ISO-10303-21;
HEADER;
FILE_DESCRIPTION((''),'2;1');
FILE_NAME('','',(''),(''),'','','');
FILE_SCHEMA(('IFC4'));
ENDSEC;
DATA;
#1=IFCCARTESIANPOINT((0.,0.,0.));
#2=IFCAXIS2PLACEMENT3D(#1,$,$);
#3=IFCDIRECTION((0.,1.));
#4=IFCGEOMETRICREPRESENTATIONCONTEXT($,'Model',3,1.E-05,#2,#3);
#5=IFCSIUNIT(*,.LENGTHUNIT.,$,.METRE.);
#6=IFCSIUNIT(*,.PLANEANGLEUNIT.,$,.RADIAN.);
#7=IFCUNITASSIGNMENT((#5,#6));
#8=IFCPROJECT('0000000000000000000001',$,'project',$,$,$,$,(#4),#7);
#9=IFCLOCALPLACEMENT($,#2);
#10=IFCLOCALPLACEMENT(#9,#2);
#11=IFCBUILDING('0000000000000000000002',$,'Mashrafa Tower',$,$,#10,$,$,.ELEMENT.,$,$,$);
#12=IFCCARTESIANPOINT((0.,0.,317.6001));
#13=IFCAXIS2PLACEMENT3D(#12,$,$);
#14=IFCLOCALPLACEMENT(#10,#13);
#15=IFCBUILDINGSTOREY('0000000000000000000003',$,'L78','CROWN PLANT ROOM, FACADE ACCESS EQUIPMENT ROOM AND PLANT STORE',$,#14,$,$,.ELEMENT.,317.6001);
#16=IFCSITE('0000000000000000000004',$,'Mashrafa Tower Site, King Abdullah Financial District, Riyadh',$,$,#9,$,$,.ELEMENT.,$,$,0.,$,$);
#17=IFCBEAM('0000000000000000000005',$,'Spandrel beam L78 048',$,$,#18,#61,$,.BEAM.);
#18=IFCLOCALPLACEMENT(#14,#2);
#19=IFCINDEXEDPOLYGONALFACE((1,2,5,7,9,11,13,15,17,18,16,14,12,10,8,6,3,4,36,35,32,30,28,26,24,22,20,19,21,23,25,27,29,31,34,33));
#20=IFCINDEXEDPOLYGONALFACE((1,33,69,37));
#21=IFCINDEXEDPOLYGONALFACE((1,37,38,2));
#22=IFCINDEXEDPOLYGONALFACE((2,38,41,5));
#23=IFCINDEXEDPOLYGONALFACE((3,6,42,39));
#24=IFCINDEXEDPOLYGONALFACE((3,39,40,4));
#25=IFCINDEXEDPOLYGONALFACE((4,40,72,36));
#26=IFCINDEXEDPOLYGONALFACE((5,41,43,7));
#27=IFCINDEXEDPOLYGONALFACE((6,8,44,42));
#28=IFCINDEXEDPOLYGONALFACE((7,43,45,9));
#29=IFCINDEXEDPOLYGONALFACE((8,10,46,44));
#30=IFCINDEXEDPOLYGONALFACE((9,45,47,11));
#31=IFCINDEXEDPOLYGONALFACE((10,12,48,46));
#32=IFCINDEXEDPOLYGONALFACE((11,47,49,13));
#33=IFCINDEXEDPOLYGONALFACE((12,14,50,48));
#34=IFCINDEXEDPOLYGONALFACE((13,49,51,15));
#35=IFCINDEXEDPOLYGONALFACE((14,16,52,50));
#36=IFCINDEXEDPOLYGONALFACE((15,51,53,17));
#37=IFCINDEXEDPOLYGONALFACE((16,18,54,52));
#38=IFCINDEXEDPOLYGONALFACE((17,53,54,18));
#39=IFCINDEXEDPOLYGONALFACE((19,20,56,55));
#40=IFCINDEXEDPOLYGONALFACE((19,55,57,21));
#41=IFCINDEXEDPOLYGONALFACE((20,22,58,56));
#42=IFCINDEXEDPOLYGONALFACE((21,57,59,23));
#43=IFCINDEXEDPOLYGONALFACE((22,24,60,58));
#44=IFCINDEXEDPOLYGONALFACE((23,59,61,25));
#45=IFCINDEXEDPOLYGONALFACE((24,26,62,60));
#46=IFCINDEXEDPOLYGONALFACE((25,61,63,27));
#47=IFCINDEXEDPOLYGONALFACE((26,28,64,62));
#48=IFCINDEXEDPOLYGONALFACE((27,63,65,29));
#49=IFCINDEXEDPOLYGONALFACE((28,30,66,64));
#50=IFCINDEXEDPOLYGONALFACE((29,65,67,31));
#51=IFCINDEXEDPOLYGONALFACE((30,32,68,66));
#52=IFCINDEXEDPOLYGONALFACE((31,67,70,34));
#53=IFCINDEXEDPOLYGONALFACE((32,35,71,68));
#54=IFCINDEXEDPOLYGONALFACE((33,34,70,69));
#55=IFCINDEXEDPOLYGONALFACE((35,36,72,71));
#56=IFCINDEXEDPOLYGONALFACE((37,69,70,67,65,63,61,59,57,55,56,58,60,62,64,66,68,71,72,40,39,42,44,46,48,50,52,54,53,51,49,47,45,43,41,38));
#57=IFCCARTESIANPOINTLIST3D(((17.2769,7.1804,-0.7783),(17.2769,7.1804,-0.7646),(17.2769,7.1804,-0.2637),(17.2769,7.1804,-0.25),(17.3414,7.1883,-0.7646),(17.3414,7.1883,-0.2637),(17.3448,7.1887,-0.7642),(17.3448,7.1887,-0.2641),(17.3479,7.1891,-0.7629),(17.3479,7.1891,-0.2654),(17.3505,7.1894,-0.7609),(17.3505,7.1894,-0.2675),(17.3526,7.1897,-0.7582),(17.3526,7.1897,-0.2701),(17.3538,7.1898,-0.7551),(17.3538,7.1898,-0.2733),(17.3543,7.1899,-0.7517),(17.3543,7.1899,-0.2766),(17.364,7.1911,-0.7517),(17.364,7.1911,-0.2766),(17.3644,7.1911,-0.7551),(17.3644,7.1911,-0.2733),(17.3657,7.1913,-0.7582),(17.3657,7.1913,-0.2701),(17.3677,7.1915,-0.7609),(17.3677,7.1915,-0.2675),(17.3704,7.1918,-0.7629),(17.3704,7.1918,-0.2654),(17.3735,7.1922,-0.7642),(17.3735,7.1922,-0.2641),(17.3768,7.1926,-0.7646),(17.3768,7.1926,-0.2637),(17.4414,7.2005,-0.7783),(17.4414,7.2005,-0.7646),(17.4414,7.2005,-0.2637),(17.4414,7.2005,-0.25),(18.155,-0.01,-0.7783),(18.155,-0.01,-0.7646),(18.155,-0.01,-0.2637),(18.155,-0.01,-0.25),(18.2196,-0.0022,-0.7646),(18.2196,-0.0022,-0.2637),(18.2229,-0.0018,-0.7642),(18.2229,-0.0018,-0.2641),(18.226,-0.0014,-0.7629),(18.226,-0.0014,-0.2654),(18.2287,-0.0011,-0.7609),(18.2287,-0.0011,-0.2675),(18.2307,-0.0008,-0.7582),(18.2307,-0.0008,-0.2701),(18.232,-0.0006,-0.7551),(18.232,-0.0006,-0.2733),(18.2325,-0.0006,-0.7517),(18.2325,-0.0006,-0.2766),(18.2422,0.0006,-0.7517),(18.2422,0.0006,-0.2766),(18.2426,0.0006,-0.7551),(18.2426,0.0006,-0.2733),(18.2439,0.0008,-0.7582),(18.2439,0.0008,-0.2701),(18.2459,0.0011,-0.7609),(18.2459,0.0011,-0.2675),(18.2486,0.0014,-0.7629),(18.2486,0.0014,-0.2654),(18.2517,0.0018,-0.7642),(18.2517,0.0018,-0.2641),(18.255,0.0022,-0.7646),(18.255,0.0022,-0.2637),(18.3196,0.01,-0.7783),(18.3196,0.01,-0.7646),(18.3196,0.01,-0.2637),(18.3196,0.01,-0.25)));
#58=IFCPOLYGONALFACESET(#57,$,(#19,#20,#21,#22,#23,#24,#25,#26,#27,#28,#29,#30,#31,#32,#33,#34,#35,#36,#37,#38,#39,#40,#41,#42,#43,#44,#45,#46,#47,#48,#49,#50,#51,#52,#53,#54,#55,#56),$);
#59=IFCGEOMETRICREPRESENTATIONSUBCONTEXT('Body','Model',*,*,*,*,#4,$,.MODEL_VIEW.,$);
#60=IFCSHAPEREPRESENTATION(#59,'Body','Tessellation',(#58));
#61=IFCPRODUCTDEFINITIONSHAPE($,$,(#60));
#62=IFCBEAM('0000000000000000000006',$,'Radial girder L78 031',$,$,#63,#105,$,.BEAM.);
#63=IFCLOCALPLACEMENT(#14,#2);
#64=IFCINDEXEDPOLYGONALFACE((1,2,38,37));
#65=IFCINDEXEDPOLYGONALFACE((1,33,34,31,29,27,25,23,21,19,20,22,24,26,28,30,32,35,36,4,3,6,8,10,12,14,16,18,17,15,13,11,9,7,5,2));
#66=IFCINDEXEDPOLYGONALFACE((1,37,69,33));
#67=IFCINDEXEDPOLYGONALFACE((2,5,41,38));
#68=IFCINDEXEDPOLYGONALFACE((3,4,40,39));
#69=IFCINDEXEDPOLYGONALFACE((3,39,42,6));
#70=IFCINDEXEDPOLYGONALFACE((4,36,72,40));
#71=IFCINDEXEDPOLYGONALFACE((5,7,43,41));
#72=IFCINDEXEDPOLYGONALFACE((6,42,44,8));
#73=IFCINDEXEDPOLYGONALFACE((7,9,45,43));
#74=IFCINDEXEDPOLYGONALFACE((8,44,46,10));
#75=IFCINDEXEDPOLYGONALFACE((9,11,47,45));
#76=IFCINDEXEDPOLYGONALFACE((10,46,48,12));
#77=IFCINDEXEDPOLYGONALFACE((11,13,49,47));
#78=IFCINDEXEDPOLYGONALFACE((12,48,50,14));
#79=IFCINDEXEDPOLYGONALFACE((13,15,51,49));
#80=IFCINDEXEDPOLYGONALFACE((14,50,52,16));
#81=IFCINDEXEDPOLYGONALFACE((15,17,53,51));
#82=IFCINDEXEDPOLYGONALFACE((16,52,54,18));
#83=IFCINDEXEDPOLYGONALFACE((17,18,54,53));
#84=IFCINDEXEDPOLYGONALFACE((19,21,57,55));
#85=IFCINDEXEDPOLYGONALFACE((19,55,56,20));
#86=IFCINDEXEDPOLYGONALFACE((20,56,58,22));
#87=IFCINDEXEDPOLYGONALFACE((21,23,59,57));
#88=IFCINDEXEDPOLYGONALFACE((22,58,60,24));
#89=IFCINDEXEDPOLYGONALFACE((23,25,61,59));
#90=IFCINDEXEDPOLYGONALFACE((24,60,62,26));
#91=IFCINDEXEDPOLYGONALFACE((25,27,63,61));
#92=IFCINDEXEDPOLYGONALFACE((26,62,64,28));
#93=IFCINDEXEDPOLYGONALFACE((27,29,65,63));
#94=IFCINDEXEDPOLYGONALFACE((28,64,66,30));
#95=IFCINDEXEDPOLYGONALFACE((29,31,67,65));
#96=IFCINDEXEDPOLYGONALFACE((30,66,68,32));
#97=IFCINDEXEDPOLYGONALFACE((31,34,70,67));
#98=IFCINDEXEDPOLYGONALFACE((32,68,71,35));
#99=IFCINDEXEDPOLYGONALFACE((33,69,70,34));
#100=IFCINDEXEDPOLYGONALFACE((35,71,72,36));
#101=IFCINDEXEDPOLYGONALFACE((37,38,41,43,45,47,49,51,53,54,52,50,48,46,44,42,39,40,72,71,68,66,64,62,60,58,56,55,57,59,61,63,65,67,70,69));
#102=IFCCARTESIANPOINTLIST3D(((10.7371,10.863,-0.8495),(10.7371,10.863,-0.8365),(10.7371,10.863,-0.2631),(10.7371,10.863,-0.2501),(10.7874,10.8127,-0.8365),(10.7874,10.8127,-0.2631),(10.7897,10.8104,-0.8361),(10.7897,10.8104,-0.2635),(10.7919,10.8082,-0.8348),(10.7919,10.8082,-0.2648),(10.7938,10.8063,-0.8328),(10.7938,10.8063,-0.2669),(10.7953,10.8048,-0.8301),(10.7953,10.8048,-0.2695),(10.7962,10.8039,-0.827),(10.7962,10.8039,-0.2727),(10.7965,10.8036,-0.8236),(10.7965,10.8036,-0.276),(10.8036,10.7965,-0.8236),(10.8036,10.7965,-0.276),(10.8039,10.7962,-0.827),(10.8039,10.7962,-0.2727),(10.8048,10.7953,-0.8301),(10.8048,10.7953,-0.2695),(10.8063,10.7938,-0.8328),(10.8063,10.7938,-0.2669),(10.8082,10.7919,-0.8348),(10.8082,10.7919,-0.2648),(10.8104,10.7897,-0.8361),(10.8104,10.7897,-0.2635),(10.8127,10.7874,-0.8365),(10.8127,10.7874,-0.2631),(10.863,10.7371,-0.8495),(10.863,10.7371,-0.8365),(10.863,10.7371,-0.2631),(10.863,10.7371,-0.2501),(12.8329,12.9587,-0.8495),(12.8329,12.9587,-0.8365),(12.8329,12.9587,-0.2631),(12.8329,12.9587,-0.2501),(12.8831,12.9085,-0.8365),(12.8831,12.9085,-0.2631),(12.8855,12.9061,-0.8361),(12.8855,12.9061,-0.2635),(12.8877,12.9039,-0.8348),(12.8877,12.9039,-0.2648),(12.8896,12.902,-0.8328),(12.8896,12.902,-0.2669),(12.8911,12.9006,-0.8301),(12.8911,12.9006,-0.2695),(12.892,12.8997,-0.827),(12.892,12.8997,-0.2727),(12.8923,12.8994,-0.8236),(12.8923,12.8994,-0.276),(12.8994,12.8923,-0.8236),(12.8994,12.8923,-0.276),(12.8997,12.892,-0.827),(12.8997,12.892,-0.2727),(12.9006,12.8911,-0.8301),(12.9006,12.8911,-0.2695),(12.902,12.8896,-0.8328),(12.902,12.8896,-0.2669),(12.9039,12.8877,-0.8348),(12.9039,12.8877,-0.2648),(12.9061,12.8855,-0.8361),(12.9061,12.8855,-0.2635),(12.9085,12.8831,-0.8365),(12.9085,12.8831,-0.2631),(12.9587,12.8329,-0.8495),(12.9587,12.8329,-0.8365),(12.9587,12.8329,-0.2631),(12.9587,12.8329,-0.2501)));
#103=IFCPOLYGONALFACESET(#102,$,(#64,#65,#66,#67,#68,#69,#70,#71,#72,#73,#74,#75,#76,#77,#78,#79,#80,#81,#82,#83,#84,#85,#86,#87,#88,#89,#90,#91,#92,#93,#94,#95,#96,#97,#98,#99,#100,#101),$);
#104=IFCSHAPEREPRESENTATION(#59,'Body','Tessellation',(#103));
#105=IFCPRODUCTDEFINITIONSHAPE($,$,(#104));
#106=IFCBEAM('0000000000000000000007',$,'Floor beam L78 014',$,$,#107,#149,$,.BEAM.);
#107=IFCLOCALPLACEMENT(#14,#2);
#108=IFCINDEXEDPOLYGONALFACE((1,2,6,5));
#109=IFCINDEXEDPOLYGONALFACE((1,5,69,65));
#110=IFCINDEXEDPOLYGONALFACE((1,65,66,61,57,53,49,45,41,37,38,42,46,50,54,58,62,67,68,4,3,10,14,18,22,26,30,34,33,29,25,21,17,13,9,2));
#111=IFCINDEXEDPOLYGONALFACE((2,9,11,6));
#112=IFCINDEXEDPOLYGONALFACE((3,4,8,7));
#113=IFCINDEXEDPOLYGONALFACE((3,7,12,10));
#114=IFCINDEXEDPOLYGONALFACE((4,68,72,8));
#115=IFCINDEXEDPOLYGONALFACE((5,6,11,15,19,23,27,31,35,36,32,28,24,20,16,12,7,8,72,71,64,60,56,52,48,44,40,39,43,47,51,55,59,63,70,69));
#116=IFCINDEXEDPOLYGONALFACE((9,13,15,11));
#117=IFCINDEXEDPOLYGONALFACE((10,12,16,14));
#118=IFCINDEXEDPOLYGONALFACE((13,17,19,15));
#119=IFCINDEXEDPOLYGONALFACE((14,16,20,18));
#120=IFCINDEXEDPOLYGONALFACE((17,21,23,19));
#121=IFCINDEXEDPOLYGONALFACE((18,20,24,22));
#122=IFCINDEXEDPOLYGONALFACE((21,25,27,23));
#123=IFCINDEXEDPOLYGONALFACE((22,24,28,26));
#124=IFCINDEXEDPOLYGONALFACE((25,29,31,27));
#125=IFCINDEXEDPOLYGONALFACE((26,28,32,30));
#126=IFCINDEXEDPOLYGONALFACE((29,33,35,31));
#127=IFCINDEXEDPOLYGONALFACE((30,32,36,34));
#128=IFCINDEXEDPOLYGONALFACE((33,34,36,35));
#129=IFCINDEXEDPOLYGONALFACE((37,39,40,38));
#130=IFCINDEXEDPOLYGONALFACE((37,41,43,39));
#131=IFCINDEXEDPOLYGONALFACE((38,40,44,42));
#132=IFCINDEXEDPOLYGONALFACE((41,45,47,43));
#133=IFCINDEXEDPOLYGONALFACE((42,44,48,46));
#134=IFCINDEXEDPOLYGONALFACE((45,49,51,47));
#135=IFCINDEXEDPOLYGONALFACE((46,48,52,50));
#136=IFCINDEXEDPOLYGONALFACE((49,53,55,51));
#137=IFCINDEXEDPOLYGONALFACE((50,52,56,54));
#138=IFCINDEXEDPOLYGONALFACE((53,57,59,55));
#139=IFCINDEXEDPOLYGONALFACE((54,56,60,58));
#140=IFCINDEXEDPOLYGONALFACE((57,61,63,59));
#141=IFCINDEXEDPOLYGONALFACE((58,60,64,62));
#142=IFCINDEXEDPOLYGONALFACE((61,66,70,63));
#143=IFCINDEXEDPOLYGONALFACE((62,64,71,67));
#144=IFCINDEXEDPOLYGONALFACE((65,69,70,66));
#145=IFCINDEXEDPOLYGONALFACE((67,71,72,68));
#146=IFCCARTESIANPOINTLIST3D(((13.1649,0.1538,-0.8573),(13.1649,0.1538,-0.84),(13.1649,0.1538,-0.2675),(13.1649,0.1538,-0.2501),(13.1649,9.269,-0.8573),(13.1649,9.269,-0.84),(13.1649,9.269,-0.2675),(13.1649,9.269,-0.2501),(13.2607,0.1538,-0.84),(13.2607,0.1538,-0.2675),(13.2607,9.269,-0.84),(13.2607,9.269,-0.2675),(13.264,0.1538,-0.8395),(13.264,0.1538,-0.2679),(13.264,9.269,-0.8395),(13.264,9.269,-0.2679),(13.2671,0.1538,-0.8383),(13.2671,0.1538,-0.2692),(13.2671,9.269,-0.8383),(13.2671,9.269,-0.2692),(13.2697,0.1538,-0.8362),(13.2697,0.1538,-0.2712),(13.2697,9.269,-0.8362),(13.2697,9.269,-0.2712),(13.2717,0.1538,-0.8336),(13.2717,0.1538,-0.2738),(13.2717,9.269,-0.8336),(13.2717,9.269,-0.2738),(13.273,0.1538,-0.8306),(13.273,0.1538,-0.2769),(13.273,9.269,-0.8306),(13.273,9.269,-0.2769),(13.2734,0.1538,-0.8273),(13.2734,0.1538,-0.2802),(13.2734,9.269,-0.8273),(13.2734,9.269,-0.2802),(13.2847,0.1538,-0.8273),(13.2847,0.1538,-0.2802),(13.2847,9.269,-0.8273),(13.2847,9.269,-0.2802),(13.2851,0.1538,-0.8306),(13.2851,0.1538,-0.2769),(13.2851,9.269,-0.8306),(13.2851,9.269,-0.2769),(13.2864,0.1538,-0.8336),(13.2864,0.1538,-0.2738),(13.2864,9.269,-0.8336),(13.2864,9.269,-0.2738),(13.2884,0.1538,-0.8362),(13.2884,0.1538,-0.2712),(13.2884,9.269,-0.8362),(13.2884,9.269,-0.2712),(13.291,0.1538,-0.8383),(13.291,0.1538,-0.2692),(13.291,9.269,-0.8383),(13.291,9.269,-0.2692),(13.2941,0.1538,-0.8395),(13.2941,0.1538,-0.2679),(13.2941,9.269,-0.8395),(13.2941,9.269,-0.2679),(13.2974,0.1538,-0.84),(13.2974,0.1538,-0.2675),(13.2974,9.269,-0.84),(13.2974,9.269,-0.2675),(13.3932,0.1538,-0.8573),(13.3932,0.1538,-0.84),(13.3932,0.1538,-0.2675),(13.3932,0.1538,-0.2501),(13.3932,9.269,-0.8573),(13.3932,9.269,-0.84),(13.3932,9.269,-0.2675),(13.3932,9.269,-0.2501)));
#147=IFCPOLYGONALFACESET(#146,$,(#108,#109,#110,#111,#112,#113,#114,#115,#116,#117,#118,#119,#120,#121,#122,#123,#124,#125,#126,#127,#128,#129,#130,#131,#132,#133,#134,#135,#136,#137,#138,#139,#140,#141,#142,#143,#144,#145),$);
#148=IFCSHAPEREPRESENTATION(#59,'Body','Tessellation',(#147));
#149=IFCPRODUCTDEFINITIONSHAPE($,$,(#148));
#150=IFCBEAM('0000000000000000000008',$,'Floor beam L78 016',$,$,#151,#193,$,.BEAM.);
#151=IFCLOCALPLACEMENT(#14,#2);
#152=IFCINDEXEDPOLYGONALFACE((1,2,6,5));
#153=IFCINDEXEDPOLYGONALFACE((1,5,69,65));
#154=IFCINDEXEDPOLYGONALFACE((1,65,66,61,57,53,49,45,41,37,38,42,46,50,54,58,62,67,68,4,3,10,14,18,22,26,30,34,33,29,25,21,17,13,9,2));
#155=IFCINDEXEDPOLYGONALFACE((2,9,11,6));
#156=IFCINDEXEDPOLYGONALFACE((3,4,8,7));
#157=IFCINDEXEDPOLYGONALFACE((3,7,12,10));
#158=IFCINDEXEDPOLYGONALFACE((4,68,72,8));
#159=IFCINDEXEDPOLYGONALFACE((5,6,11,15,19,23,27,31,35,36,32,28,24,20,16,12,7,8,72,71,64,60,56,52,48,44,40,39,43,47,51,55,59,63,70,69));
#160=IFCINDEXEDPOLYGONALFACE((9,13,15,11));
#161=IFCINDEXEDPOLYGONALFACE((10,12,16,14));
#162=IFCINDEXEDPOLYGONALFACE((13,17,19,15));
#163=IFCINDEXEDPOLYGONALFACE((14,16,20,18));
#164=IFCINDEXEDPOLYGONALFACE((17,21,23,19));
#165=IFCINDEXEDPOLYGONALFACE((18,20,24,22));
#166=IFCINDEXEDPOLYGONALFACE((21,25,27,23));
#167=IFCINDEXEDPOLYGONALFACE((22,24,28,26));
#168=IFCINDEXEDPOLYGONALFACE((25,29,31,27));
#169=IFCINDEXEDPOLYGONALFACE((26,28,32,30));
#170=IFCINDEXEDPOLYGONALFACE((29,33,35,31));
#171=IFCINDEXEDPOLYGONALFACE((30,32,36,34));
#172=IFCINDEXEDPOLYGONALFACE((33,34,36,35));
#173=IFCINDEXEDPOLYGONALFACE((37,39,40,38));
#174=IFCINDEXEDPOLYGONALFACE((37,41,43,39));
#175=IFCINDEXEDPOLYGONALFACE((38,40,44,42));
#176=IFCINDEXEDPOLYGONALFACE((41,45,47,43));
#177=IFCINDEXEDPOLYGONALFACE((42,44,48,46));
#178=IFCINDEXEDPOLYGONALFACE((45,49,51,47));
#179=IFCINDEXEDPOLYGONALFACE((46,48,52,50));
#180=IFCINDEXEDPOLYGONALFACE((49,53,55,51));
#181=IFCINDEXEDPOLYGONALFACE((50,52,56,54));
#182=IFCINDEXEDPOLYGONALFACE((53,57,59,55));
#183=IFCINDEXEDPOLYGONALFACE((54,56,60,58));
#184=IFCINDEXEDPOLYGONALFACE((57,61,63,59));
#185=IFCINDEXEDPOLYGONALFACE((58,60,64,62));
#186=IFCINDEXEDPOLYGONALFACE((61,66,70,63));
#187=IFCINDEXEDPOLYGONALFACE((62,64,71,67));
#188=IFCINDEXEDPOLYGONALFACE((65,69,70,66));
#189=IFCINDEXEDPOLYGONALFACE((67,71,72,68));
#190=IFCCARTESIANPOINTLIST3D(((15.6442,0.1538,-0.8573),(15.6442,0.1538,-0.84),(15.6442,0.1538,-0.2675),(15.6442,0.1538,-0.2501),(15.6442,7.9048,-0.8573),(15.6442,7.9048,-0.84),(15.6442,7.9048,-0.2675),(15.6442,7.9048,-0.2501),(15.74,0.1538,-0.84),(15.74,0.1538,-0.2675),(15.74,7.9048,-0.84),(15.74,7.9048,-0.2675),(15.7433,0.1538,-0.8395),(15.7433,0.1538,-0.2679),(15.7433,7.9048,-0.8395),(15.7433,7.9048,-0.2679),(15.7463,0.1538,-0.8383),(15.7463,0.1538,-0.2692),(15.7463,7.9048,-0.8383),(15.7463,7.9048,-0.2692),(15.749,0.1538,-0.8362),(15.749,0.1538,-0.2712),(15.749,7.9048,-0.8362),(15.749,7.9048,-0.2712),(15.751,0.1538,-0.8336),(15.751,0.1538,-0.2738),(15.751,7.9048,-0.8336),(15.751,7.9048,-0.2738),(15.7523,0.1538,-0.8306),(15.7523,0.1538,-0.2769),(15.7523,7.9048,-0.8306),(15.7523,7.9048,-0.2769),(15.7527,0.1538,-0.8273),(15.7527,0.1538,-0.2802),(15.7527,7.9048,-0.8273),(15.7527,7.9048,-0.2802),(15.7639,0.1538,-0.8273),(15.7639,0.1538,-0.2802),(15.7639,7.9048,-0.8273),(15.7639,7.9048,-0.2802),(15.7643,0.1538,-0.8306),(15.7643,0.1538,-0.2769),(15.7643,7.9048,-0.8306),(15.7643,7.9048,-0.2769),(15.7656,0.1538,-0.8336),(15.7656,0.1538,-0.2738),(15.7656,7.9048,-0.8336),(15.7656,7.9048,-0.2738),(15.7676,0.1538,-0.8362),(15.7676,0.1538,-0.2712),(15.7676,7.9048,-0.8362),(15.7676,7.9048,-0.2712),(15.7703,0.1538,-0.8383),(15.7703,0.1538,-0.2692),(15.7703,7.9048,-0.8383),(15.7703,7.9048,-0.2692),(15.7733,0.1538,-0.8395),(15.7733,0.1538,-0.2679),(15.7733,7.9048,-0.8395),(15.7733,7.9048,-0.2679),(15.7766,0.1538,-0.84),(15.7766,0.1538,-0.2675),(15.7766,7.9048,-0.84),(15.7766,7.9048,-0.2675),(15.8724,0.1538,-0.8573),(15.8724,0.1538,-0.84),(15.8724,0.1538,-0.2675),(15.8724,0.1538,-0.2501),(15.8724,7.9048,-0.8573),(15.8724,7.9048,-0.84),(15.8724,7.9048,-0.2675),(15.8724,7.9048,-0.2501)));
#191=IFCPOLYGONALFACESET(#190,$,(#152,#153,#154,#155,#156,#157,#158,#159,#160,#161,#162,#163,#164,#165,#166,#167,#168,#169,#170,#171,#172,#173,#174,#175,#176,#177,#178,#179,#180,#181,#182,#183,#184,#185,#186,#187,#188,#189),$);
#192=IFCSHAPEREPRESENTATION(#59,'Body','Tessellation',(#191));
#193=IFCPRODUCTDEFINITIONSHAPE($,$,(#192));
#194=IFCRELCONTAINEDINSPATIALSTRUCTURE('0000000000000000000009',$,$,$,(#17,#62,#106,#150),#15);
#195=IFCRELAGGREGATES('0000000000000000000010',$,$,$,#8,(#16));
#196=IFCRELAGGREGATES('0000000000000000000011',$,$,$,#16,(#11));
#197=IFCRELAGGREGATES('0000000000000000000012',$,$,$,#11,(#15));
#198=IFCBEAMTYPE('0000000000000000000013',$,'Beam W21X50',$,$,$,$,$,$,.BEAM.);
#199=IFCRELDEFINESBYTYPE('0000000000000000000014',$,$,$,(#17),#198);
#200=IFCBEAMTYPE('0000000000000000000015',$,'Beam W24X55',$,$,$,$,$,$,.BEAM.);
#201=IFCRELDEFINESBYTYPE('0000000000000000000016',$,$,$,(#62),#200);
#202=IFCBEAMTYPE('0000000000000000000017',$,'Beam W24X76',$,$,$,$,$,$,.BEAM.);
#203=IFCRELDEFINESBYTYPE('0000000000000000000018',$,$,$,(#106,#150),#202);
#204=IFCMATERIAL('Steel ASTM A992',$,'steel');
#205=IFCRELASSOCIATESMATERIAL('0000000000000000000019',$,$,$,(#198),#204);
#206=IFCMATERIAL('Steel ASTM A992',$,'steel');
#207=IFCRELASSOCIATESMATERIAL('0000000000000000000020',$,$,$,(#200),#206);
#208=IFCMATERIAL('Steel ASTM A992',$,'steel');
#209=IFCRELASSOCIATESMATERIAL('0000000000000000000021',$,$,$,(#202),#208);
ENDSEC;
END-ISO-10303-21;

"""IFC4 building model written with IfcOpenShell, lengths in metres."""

from ifc_helpers import new_model, si_unit, direction, frame, origin, origin_2d, place, context, subcontext, project, spatial, i_section, extrude, material, material_profile, profile_set, type_object, element, save


model = new_model("IFC4")

# Units and contexts
model_context = context("Model", 3, precision=1e-05, world=origin(), true_north=direction((0.0, 1.0)))
body_context = subcontext(model_context, "Body", "Model", "MODEL_VIEW")
ifc_project = project(units=[si_unit("LENGTHUNIT", "METRE"), si_unit("PLANEANGLEUNIT", "RADIAN")], contexts=[model_context])

# Site, building, storey
site_placement = place(None, origin())
site = spatial("IfcSite", under=ifc_project, at=site_placement, Name="Mashrafa Tower Site, King Abdullah Financial District, Riyadh", CompositionType="ELEMENT", RefElevation=0.0)
building_placement = place(site_placement, origin())
building = spatial("IfcBuilding", under=site, at=building_placement, Name="Mashrafa Tower", CompositionType="ELEMENT")
storey_placement = place(building_placement, frame((0.0, 0.0, 317.6001)))
storey = spatial("IfcBuildingStorey", under=building, at=storey_placement, Name="L78", Description="CROWN PLANT ROOM, FACADE ACCESS EQUIPMENT ROOM AND PLANT STORE", CompositionType="ELEMENT", Elevation=317.6001)

# Beams
ifc_material_1 = material(Name="Steel ASTM A992", Category="steel")
ifc_material_profile_1 = material_profile(ifc_material_1, i_section(OverallWidth=0.1658, OverallDepth=0.5283, WebThickness=0.0098, FlangeThickness=0.0137, FilletRadius=0.0129, at=origin_2d()), Name="W21X50")
ifc_profile_set_1 = profile_set([ifc_material_profile_1], Name="Steel ASTM A992")
beam_type_1 = type_object("IfcBeamType", Name="Beam W21X50", PredefinedType="BEAM", material=ifc_profile_set_1)
for number, where, z_axis, x_axis, name in (
    (1, (18.2373, 0.0, -0.5142), (-0.12123, 0.992624, 0.0), (-0.992624, -0.12123, 0.0), "Spandrel beam L78 048"),
):
    element("IfcBeam", number, at=place(storey_placement, frame(where, z_axis=z_axis, x_axis=x_axis)), inside=storey, type_object=beam_type_1, Name=name, PredefinedType="BEAM", context=body_context, shape_type="SweptSolid", body=[
        extrude(i_section(OverallWidth=0.1658, OverallDepth=0.5283, WebThickness=0.0098, FlangeThickness=0.0137, FilletRadius=0.0129, at=origin_2d()), origin(), (0.0, 0.0, 1.0), 7.2439),
    ])
ifc_material_2 = material(Name="Steel ASTM A992", Category="steel")
ifc_material_profile_2 = material_profile(ifc_material_2, i_section(OverallWidth=0.178, OverallDepth=0.5994, WebThickness=0.01, FlangeThickness=0.0129, FilletRadius=0.0129, at=origin_2d()), Name="W24X55")
ifc_profile_set_2 = profile_set([ifc_material_profile_2], Name="Steel ASTM A992")
beam_type_2 = type_object("IfcBeamType", Name="Beam W24X55", PredefinedType="BEAM", material=ifc_profile_set_2)
beam_1_placement = place(storey_placement, frame((10.8, 10.8, -0.5498), z_axis=(0.707107, 0.707107, 0.0), x_axis=(-0.707107, 0.707107, 0.0)))
element("IfcBeam", 2, at=beam_1_placement, inside=storey, type_object=beam_type_2, Name="Radial girder L78 031", PredefinedType="BEAM", context=body_context, shape_type="SweptSolid", body=[
    extrude(i_section(OverallWidth=0.178, OverallDepth=0.5994, WebThickness=0.01, FlangeThickness=0.0129, FilletRadius=0.0129, at=origin_2d()), origin(), (0.0, 0.0, 1.0), 2.9639),
])
ifc_material_3 = material(Name="Steel ASTM A992", Category="steel")
ifc_material_profile_3 = material_profile(ifc_material_3, i_section(OverallWidth=0.2283, OverallDepth=0.6072, WebThickness=0.0112, FlangeThickness=0.0173, FilletRadius=0.0127, at=origin_2d()), Name="W24X76")
ifc_profile_set_3 = profile_set([ifc_material_profile_3], Name="Steel ASTM A992")
beam_type_3 = type_object("IfcBeamType", Name="Beam W24X76", PredefinedType="BEAM", material=ifc_profile_set_3)
beam_2_placement = place(storey_placement, frame((13.2791, 9.269, -0.5537), z_axis=(0.0, -1.0, 0.0), x_axis=(1.0, 0.0, 0.0)))
element("IfcBeam", 3, at=beam_2_placement, inside=storey, type_object=beam_type_3, Name="Floor beam L78 014", PredefinedType="BEAM", context=body_context, shape_type="SweptSolid", body=[
    extrude(i_section(OverallWidth=0.2283, OverallDepth=0.6072, WebThickness=0.0112, FlangeThickness=0.0173, FilletRadius=0.0127, at=origin_2d()), origin(), (0.0, 0.0, 1.0), 9.1152),
])
beam_3_placement = place(storey_placement, frame((15.7583, 7.9048, -0.5537), z_axis=(0.0, -1.0, 0.0), x_axis=(1.0, 0.0, 0.0)))
element("IfcBeam", 4, at=beam_3_placement, inside=storey, type_object=beam_type_3, Name="Floor beam L78 016", PredefinedType="BEAM", context=body_context, shape_type="SweptSolid", body=[
    extrude(i_section(OverallWidth=0.2283, OverallDepth=0.6072, WebThickness=0.0112, FlangeThickness=0.0173, FilletRadius=0.0127, at=origin_2d()), origin(), (0.0, 0.0, 1.0), 7.751),
])

save(model, "model.ifc")
